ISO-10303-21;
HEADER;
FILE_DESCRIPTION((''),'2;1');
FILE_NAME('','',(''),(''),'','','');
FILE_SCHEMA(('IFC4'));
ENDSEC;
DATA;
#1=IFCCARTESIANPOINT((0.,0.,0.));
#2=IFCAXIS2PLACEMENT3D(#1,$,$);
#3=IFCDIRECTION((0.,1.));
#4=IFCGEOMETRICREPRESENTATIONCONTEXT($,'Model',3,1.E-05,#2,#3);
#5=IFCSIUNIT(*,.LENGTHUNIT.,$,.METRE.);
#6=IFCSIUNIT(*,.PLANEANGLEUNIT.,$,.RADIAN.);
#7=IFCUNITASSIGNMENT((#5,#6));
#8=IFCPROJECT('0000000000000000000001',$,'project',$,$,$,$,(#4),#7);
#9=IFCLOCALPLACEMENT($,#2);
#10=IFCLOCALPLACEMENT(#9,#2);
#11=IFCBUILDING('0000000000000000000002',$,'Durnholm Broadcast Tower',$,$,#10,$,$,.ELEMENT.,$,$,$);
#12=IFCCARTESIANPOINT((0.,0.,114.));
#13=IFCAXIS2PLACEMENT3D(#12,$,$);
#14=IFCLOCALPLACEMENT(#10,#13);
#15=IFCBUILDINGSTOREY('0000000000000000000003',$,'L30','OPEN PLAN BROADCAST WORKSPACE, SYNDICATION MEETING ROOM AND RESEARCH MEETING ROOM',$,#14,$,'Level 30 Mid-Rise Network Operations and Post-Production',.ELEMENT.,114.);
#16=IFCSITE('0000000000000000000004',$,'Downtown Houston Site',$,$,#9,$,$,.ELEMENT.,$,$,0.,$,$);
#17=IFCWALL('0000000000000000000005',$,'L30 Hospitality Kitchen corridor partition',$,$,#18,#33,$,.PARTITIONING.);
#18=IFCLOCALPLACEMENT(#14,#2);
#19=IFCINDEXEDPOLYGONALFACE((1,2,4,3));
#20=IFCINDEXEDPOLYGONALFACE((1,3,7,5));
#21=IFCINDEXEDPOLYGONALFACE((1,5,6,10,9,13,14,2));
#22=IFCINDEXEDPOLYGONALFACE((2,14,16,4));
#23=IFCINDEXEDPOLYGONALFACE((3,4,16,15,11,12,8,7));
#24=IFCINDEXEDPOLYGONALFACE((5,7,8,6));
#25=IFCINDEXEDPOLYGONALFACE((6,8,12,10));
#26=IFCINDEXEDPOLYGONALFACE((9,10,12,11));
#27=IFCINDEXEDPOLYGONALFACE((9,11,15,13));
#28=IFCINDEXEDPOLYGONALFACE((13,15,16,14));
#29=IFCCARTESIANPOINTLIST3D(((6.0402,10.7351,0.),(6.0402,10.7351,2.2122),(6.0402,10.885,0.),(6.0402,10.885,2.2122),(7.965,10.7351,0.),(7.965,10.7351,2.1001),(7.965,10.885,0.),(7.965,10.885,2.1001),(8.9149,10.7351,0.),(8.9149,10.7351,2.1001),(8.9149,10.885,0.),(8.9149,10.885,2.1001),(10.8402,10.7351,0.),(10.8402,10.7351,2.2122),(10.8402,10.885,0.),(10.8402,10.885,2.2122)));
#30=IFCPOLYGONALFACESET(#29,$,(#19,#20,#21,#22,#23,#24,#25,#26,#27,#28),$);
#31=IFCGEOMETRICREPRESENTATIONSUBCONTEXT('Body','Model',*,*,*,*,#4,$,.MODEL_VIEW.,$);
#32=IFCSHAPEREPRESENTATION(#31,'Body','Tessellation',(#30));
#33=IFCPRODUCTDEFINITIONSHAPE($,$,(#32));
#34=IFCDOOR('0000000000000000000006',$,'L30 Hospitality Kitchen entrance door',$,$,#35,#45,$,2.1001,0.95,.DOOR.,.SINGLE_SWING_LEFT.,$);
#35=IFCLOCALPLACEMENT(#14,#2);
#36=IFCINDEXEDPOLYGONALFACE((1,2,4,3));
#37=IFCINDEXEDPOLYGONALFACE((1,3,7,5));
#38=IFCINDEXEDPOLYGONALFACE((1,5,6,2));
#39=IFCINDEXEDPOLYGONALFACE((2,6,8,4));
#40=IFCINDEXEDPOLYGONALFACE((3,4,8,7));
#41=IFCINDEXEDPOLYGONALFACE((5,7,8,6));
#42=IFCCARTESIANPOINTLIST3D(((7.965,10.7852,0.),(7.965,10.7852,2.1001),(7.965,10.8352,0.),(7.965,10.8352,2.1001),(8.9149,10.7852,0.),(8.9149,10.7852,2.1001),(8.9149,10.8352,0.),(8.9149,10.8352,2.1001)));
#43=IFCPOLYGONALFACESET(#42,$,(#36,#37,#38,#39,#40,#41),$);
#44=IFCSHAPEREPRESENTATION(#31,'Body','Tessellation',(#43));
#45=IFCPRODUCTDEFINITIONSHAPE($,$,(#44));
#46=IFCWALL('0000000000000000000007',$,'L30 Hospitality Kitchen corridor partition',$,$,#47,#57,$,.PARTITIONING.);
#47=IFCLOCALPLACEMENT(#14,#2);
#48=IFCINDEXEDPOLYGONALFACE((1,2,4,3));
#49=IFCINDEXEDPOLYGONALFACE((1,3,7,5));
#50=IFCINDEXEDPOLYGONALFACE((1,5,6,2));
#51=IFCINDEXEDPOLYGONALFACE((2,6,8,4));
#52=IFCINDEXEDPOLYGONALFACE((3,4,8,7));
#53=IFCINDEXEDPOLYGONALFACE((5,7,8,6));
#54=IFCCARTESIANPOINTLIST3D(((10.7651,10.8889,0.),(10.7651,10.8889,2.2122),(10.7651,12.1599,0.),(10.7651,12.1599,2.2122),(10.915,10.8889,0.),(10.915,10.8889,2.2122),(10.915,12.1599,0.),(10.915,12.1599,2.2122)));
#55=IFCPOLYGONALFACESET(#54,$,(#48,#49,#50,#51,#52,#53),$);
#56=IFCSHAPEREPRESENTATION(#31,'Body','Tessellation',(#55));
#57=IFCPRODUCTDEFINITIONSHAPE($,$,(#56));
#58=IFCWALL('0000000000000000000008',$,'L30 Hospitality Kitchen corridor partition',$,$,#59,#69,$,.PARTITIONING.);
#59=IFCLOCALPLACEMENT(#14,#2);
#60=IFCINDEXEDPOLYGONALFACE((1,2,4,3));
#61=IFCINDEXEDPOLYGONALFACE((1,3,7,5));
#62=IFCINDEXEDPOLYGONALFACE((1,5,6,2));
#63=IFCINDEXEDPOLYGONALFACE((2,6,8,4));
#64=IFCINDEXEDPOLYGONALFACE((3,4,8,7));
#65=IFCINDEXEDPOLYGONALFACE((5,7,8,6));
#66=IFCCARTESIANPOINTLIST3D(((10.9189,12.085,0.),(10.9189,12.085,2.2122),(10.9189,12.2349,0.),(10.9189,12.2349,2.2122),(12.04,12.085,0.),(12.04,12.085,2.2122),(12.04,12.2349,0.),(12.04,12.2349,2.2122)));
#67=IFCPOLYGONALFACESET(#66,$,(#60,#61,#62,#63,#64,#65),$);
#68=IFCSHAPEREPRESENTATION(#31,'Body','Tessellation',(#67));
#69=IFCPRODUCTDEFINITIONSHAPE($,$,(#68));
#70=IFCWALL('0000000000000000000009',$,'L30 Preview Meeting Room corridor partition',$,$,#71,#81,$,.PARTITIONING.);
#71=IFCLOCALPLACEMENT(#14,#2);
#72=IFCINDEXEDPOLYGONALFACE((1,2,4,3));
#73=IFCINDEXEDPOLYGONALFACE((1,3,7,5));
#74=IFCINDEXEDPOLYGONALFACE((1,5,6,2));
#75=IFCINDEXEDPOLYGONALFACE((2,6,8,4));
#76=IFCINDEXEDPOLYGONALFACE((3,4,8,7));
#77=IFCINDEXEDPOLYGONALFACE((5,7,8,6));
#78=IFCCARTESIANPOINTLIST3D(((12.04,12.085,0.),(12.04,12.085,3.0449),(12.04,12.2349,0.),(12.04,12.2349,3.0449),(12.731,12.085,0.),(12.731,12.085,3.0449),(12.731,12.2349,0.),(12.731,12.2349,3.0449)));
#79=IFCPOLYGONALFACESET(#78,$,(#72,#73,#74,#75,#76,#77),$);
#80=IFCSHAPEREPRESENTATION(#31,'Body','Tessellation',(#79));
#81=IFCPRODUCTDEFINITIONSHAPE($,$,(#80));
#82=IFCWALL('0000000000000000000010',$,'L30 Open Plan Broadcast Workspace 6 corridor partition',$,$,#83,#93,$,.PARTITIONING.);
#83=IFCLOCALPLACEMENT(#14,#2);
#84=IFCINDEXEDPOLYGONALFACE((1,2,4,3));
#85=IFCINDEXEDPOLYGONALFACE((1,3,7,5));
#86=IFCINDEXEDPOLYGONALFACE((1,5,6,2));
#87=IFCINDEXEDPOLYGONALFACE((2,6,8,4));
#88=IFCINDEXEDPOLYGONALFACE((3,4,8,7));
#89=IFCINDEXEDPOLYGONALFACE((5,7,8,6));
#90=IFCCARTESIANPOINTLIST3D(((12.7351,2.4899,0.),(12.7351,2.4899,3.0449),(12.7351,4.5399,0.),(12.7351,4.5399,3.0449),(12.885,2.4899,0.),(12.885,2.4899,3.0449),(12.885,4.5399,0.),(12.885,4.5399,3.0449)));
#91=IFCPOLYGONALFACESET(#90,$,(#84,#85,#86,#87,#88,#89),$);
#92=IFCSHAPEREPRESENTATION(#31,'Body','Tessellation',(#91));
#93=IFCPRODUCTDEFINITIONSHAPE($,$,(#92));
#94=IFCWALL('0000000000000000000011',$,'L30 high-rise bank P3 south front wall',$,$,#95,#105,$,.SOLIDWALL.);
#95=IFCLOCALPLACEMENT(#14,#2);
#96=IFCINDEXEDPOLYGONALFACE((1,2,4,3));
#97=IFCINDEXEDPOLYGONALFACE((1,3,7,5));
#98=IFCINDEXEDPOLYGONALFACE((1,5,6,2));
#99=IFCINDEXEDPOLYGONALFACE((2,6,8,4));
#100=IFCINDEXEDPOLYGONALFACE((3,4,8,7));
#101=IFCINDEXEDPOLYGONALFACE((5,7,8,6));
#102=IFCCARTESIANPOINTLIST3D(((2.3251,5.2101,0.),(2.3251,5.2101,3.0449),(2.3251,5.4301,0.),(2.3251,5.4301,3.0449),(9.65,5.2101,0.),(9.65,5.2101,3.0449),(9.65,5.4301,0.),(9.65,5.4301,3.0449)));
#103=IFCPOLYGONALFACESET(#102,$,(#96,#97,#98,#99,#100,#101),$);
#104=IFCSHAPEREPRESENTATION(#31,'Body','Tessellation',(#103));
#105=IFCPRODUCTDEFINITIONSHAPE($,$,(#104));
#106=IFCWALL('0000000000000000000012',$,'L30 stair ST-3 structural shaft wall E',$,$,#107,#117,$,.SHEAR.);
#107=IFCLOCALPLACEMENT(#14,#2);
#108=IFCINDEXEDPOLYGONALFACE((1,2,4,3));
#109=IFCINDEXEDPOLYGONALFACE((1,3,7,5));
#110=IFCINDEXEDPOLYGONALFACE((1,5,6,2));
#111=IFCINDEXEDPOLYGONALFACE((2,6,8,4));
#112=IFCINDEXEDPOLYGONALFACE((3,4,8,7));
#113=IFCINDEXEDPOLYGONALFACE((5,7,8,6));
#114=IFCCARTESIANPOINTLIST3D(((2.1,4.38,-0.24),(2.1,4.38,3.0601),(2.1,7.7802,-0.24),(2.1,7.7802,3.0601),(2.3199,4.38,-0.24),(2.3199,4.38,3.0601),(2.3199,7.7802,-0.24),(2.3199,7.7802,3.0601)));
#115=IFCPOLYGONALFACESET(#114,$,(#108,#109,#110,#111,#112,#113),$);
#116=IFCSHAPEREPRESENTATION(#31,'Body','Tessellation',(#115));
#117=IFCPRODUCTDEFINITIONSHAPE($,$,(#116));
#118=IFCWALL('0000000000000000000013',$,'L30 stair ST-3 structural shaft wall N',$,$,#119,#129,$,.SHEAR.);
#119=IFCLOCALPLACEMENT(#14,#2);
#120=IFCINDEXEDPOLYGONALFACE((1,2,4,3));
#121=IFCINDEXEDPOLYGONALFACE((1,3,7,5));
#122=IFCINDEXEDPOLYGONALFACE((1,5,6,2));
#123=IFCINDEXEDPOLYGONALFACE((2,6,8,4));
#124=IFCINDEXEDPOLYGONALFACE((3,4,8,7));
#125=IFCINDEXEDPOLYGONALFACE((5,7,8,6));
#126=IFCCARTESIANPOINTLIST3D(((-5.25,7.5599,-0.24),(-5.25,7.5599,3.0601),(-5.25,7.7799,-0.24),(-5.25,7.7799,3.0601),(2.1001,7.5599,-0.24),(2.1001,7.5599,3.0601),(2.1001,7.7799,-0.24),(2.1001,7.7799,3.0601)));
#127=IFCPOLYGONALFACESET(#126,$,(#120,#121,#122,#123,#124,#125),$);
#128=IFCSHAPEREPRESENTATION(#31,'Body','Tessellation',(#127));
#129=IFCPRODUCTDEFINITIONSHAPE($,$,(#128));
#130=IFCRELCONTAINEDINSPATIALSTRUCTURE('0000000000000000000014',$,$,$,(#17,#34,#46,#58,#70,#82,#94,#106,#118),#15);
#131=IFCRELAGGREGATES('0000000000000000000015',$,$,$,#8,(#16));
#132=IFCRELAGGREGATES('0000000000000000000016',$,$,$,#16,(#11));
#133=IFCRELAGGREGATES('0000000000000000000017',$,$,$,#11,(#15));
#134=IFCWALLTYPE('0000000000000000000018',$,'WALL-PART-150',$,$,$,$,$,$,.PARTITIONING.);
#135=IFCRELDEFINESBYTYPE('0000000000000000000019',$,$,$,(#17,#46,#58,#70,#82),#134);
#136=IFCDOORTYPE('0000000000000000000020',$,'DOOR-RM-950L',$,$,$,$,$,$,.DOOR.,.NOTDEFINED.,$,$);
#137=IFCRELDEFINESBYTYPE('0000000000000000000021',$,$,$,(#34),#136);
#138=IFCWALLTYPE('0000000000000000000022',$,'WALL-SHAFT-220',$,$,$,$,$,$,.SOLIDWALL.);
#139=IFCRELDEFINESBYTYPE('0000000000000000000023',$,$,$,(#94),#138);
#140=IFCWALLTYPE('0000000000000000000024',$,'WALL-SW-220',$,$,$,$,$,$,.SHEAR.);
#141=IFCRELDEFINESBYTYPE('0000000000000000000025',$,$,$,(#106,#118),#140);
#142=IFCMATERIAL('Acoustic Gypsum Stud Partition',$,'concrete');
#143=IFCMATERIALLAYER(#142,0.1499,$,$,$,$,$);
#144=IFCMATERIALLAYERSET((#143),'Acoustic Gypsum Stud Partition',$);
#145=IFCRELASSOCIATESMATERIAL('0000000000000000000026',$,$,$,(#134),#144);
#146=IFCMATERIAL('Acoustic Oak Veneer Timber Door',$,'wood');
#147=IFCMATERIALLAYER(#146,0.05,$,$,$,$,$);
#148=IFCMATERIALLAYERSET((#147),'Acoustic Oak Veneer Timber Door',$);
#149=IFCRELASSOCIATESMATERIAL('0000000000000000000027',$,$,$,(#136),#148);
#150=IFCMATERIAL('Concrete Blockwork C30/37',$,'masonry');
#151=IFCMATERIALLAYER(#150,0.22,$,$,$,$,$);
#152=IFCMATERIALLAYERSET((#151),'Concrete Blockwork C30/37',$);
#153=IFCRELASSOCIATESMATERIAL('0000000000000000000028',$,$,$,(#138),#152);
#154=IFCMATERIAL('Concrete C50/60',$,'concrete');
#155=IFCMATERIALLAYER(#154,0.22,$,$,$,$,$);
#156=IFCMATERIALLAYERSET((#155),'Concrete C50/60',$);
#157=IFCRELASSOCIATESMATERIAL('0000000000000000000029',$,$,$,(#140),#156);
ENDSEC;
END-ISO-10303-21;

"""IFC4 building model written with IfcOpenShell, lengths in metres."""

from ifc_helpers import new_model, si_unit, direction, frame, frame_2d, origin, place, context, subcontext, project, spatial, rectangle, extrude, source, transform, mapped, material, layer, layer_set, type_object, type_shapes, element, fill, save


model = new_model("IFC4")

# Units and contexts
model_context = context("Model", 3, precision=1e-05, world=origin(), true_north=direction((0.0, 1.0)))
body_context = subcontext(model_context, "Body", "Model", "MODEL_VIEW")
ifc_project = project(units=[si_unit("LENGTHUNIT", "METRE"), si_unit("PLANEANGLEUNIT", "RADIAN")], contexts=[model_context])

# Site, building, storey
site_placement = place(None, origin())
site = spatial("IfcSite", under=ifc_project, at=site_placement, Name="Downtown Houston Site", CompositionType="ELEMENT", RefElevation=0.0)
building_placement = place(site_placement, origin())
building = spatial("IfcBuilding", under=site, at=building_placement, Name="Durnholm Broadcast Tower", CompositionType="ELEMENT")
storey_placement = place(building_placement, frame((0.0, 0.0, 114.0)))
storey = spatial("IfcBuildingStorey", under=building, at=storey_placement, Name="L30", Description="OPEN PLAN BROADCAST WORKSPACE, SYNDICATION MEETING ROOM AND RESEARCH MEETING ROOM", LongName="Level 30 Mid-Rise Network Operations and Post-Production", CompositionType="ELEMENT", Elevation=114.0)

# Wall, opening, door
ifc_material_1 = material(Name="Acoustic Gypsum Stud Partition", Category="concrete")
ifc_layer_1 = layer(ifc_material_1, 0.1499)
ifc_layer_set_1 = layer_set([ifc_layer_1], Name="Acoustic Gypsum Stud Partition")
wall_type_1 = type_object("IfcWallType", Name="WALL-PART-150", PredefinedType="PARTITIONING", material=ifc_layer_set_1)
wall_1_placement = place(storey_placement, frame((10.8401, 10.8101, 0.0), z_axis=(0.0, 0.0, 1.0), x_axis=(-1.0, 0.0, 0.0)))
wall_1 = element("IfcWall", 1, at=wall_1_placement, inside=storey, type_object=wall_type_1, Name="L30 Hospitality Kitchen corridor partition", PredefinedType="PARTITIONING", context=body_context, shape_type="SweptSolid", body=[
    extrude(rectangle(XDim=4.8, YDim=0.1499, at=frame_2d((2.3999, 0.0))), origin(), (0.0, 0.0, 1.0), 2.2122),
])
opening_1_placement = place(wall_1_placement, frame((1.925, 0.0, 0.0)))
opening_1 = element("IfcOpeningElement", 2, at=opening_1_placement, cuts=wall_1, PredefinedType="OPENING", context=body_context, shape_type="SweptSolid", body=[
    extrude(rectangle(XDim=0.95, YDim=2.1001, at=frame_2d((0.4751, 1.05))), frame((0.0, 0.085, 0.0), z_axis=(0.0, -1.0, 0.0), x_axis=(1.0, 0.0, 0.0)), (0.0, 0.0, 1.0), 0.1699),
])
ifc_material_2 = material(Name="Acoustic Oak Veneer Timber Door", Category="wood")
ifc_layer_2 = layer(ifc_material_2, 0.05)
ifc_layer_set_2 = layer_set([ifc_layer_2], Name="Acoustic Oak Veneer Timber Door")
door_type_1 = type_object("IfcDoorType", Name="DOOR-RM-950L", OperationType="NOTDEFINED", PredefinedType="DOOR", material=ifc_layer_set_2)
shared_shape_1 = source(origin(), body_context, "Body", "SweptSolid", [
    extrude(rectangle(XDim=0.95, YDim=2.1001, at=frame_2d((0.4751, 1.05))), frame((0.0, 0.0249, 0.0), z_axis=(0.0, -1.0, 0.0), x_axis=(1.0, 0.0, 0.0)), (0.0, 0.0, 1.0), 0.05),
])
type_shapes(door_type_1, [shared_shape_1])
door_1_placement = place(opening_1_placement, origin())
door_1 = element("IfcDoor", 3, at=door_1_placement, inside=storey, type_object=door_type_1, Name="L30 Hospitality Kitchen entrance door", OperationType="SINGLE_SWING_LEFT", OverallHeight=2.1001, OverallWidth=0.95, PredefinedType="DOOR", context=body_context, shape_type="MappedRepresentation", body=[
    mapped(shared_shape_1, transform((0.0, 0.0, 0.0), x_axis=(1.0, 0.0, 0.0), y_axis=(0.0, 1.0, 0.0), z_axis=(0.0, 0.0, 1.0), scale=1.0)),
])
fill(opening_1, door_1)

# Walls
wall_2_placement = place(storey_placement, frame((10.8401, 12.1599, 0.0), z_axis=(0.0, 0.0, 1.0), x_axis=(0.0, -1.0, 0.0)))
element("IfcWall", 4, at=wall_2_placement, inside=storey, type_object=wall_type_1, Name="L30 Hospitality Kitchen corridor partition", PredefinedType="PARTITIONING", context=body_context, shape_type="SweptSolid", body=[
    extrude(rectangle(XDim=1.271, YDim=0.1499, at=frame_2d((0.6355, 0.0))), origin(), (0.0, 0.0, 1.0), 2.2122),
])
wall_3_placement = place(storey_placement, frame((12.04, 12.1599, 0.0), z_axis=(0.0, 0.0, 1.0), x_axis=(-1.0, 0.0, 0.0)))
element("IfcWall", 5, at=wall_3_placement, inside=storey, type_object=wall_type_1, Name="L30 Hospitality Kitchen corridor partition", PredefinedType="PARTITIONING", context=body_context, shape_type="SweptSolid", body=[
    extrude(rectangle(XDim=1.1211, YDim=0.1499, at=frame_2d((0.5605, 0.0))), origin(), (0.0, 0.0, 1.0), 2.2122),
])
wall_4_placement = place(storey_placement, frame((12.731, 12.1599, 0.0), z_axis=(0.0, 0.0, 1.0), x_axis=(-1.0, 0.0, 0.0)))
element("IfcWall", 6, at=wall_4_placement, inside=storey, type_object=wall_type_1, Name="L30 Preview Meeting Room corridor partition", PredefinedType="PARTITIONING", context=body_context, shape_type="SweptSolid", body=[
    extrude(rectangle(XDim=0.6909, YDim=0.1499, at=frame_2d((0.3455, 0.0))), origin(), (0.0, 0.0, 1.0), 3.0449),
])
wall_5_placement = place(storey_placement, frame((12.8101, 2.49, 0.0), z_axis=(0.0, 0.0, 1.0), x_axis=(0.0, 1.0, 0.0)))
element("IfcWall", 7, at=wall_5_placement, inside=storey, type_object=wall_type_1, Name="L30 Open Plan Broadcast Workspace 6 corridor partition", PredefinedType="PARTITIONING", context=body_context, shape_type="SweptSolid", body=[
    extrude(rectangle(XDim=2.05, YDim=0.1499, at=frame_2d((1.0249, 0.0))), origin(), (0.0, 0.0, 1.0), 3.0449),
])

# Shared definitions
ifc_material_3 = material(Name="Concrete Blockwork C30/37", Category="masonry")
ifc_layer_3 = layer(ifc_material_3, 0.22)
ifc_layer_set_3 = layer_set([ifc_layer_3], Name="Concrete Blockwork C30/37")
wall_type_2 = type_object("IfcWallType", Name="WALL-SHAFT-220", PredefinedType="SOLIDWALL", material=ifc_layer_set_3)

# Walls
wall_6_placement = place(storey_placement, frame((2.325, 5.3201, 0.0), z_axis=(0.0, 0.0, 1.0), x_axis=(1.0, 0.0, 0.0)))
element("IfcWall", 8, at=wall_6_placement, inside=storey, type_object=wall_type_2, Name="L30 high-rise bank P3 south front wall", PredefinedType="SOLIDWALL", context=body_context, shape_type="SweptSolid", body=[
    extrude(rectangle(XDim=7.325, YDim=0.22, at=frame_2d((3.6626, 0.0))), origin(), (0.0, 0.0, 1.0), 3.0449),
])
ifc_material_4 = material(Name="Concrete C50/60", Category="concrete")
ifc_layer_4 = layer(ifc_material_4, 0.22)
ifc_layer_set_4 = layer_set([ifc_layer_4], Name="Concrete C50/60")
wall_type_3 = type_object("IfcWallType", Name="WALL-SW-220", PredefinedType="SHEAR", material=ifc_layer_set_4)
wall_7_placement = place(storey_placement, frame((2.21, 4.3799, -0.24), z_axis=(0.0, 0.0, 1.0), x_axis=(0.0, 1.0, 0.0)))
element("IfcWall", 9, at=wall_7_placement, inside=storey, type_object=wall_type_3, Name="L30 stair ST-3 structural shaft wall E", PredefinedType="SHEAR", context=body_context, shape_type="SweptSolid", body=[
    extrude(rectangle(XDim=3.4001, YDim=0.22, at=frame_2d((1.7002, 0.0))), origin(), (0.0, 0.0, 1.0), 3.3),
])
wall_8_placement = place(storey_placement, frame((2.1001, 7.6699, -0.24), z_axis=(0.0, 0.0, 1.0), x_axis=(-1.0, 0.0, 0.0)))
element("IfcWall", 10, at=wall_8_placement, inside=storey, type_object=wall_type_3, Name="L30 stair ST-3 structural shaft wall N", PredefinedType="SHEAR", context=body_context, shape_type="SweptSolid", body=[
    extrude(rectangle(XDim=7.3501, YDim=0.22, at=frame_2d((3.675, 0.0))), origin(), (0.0, 0.0, 1.0), 3.3),
])

save(model, "model.ifc")
